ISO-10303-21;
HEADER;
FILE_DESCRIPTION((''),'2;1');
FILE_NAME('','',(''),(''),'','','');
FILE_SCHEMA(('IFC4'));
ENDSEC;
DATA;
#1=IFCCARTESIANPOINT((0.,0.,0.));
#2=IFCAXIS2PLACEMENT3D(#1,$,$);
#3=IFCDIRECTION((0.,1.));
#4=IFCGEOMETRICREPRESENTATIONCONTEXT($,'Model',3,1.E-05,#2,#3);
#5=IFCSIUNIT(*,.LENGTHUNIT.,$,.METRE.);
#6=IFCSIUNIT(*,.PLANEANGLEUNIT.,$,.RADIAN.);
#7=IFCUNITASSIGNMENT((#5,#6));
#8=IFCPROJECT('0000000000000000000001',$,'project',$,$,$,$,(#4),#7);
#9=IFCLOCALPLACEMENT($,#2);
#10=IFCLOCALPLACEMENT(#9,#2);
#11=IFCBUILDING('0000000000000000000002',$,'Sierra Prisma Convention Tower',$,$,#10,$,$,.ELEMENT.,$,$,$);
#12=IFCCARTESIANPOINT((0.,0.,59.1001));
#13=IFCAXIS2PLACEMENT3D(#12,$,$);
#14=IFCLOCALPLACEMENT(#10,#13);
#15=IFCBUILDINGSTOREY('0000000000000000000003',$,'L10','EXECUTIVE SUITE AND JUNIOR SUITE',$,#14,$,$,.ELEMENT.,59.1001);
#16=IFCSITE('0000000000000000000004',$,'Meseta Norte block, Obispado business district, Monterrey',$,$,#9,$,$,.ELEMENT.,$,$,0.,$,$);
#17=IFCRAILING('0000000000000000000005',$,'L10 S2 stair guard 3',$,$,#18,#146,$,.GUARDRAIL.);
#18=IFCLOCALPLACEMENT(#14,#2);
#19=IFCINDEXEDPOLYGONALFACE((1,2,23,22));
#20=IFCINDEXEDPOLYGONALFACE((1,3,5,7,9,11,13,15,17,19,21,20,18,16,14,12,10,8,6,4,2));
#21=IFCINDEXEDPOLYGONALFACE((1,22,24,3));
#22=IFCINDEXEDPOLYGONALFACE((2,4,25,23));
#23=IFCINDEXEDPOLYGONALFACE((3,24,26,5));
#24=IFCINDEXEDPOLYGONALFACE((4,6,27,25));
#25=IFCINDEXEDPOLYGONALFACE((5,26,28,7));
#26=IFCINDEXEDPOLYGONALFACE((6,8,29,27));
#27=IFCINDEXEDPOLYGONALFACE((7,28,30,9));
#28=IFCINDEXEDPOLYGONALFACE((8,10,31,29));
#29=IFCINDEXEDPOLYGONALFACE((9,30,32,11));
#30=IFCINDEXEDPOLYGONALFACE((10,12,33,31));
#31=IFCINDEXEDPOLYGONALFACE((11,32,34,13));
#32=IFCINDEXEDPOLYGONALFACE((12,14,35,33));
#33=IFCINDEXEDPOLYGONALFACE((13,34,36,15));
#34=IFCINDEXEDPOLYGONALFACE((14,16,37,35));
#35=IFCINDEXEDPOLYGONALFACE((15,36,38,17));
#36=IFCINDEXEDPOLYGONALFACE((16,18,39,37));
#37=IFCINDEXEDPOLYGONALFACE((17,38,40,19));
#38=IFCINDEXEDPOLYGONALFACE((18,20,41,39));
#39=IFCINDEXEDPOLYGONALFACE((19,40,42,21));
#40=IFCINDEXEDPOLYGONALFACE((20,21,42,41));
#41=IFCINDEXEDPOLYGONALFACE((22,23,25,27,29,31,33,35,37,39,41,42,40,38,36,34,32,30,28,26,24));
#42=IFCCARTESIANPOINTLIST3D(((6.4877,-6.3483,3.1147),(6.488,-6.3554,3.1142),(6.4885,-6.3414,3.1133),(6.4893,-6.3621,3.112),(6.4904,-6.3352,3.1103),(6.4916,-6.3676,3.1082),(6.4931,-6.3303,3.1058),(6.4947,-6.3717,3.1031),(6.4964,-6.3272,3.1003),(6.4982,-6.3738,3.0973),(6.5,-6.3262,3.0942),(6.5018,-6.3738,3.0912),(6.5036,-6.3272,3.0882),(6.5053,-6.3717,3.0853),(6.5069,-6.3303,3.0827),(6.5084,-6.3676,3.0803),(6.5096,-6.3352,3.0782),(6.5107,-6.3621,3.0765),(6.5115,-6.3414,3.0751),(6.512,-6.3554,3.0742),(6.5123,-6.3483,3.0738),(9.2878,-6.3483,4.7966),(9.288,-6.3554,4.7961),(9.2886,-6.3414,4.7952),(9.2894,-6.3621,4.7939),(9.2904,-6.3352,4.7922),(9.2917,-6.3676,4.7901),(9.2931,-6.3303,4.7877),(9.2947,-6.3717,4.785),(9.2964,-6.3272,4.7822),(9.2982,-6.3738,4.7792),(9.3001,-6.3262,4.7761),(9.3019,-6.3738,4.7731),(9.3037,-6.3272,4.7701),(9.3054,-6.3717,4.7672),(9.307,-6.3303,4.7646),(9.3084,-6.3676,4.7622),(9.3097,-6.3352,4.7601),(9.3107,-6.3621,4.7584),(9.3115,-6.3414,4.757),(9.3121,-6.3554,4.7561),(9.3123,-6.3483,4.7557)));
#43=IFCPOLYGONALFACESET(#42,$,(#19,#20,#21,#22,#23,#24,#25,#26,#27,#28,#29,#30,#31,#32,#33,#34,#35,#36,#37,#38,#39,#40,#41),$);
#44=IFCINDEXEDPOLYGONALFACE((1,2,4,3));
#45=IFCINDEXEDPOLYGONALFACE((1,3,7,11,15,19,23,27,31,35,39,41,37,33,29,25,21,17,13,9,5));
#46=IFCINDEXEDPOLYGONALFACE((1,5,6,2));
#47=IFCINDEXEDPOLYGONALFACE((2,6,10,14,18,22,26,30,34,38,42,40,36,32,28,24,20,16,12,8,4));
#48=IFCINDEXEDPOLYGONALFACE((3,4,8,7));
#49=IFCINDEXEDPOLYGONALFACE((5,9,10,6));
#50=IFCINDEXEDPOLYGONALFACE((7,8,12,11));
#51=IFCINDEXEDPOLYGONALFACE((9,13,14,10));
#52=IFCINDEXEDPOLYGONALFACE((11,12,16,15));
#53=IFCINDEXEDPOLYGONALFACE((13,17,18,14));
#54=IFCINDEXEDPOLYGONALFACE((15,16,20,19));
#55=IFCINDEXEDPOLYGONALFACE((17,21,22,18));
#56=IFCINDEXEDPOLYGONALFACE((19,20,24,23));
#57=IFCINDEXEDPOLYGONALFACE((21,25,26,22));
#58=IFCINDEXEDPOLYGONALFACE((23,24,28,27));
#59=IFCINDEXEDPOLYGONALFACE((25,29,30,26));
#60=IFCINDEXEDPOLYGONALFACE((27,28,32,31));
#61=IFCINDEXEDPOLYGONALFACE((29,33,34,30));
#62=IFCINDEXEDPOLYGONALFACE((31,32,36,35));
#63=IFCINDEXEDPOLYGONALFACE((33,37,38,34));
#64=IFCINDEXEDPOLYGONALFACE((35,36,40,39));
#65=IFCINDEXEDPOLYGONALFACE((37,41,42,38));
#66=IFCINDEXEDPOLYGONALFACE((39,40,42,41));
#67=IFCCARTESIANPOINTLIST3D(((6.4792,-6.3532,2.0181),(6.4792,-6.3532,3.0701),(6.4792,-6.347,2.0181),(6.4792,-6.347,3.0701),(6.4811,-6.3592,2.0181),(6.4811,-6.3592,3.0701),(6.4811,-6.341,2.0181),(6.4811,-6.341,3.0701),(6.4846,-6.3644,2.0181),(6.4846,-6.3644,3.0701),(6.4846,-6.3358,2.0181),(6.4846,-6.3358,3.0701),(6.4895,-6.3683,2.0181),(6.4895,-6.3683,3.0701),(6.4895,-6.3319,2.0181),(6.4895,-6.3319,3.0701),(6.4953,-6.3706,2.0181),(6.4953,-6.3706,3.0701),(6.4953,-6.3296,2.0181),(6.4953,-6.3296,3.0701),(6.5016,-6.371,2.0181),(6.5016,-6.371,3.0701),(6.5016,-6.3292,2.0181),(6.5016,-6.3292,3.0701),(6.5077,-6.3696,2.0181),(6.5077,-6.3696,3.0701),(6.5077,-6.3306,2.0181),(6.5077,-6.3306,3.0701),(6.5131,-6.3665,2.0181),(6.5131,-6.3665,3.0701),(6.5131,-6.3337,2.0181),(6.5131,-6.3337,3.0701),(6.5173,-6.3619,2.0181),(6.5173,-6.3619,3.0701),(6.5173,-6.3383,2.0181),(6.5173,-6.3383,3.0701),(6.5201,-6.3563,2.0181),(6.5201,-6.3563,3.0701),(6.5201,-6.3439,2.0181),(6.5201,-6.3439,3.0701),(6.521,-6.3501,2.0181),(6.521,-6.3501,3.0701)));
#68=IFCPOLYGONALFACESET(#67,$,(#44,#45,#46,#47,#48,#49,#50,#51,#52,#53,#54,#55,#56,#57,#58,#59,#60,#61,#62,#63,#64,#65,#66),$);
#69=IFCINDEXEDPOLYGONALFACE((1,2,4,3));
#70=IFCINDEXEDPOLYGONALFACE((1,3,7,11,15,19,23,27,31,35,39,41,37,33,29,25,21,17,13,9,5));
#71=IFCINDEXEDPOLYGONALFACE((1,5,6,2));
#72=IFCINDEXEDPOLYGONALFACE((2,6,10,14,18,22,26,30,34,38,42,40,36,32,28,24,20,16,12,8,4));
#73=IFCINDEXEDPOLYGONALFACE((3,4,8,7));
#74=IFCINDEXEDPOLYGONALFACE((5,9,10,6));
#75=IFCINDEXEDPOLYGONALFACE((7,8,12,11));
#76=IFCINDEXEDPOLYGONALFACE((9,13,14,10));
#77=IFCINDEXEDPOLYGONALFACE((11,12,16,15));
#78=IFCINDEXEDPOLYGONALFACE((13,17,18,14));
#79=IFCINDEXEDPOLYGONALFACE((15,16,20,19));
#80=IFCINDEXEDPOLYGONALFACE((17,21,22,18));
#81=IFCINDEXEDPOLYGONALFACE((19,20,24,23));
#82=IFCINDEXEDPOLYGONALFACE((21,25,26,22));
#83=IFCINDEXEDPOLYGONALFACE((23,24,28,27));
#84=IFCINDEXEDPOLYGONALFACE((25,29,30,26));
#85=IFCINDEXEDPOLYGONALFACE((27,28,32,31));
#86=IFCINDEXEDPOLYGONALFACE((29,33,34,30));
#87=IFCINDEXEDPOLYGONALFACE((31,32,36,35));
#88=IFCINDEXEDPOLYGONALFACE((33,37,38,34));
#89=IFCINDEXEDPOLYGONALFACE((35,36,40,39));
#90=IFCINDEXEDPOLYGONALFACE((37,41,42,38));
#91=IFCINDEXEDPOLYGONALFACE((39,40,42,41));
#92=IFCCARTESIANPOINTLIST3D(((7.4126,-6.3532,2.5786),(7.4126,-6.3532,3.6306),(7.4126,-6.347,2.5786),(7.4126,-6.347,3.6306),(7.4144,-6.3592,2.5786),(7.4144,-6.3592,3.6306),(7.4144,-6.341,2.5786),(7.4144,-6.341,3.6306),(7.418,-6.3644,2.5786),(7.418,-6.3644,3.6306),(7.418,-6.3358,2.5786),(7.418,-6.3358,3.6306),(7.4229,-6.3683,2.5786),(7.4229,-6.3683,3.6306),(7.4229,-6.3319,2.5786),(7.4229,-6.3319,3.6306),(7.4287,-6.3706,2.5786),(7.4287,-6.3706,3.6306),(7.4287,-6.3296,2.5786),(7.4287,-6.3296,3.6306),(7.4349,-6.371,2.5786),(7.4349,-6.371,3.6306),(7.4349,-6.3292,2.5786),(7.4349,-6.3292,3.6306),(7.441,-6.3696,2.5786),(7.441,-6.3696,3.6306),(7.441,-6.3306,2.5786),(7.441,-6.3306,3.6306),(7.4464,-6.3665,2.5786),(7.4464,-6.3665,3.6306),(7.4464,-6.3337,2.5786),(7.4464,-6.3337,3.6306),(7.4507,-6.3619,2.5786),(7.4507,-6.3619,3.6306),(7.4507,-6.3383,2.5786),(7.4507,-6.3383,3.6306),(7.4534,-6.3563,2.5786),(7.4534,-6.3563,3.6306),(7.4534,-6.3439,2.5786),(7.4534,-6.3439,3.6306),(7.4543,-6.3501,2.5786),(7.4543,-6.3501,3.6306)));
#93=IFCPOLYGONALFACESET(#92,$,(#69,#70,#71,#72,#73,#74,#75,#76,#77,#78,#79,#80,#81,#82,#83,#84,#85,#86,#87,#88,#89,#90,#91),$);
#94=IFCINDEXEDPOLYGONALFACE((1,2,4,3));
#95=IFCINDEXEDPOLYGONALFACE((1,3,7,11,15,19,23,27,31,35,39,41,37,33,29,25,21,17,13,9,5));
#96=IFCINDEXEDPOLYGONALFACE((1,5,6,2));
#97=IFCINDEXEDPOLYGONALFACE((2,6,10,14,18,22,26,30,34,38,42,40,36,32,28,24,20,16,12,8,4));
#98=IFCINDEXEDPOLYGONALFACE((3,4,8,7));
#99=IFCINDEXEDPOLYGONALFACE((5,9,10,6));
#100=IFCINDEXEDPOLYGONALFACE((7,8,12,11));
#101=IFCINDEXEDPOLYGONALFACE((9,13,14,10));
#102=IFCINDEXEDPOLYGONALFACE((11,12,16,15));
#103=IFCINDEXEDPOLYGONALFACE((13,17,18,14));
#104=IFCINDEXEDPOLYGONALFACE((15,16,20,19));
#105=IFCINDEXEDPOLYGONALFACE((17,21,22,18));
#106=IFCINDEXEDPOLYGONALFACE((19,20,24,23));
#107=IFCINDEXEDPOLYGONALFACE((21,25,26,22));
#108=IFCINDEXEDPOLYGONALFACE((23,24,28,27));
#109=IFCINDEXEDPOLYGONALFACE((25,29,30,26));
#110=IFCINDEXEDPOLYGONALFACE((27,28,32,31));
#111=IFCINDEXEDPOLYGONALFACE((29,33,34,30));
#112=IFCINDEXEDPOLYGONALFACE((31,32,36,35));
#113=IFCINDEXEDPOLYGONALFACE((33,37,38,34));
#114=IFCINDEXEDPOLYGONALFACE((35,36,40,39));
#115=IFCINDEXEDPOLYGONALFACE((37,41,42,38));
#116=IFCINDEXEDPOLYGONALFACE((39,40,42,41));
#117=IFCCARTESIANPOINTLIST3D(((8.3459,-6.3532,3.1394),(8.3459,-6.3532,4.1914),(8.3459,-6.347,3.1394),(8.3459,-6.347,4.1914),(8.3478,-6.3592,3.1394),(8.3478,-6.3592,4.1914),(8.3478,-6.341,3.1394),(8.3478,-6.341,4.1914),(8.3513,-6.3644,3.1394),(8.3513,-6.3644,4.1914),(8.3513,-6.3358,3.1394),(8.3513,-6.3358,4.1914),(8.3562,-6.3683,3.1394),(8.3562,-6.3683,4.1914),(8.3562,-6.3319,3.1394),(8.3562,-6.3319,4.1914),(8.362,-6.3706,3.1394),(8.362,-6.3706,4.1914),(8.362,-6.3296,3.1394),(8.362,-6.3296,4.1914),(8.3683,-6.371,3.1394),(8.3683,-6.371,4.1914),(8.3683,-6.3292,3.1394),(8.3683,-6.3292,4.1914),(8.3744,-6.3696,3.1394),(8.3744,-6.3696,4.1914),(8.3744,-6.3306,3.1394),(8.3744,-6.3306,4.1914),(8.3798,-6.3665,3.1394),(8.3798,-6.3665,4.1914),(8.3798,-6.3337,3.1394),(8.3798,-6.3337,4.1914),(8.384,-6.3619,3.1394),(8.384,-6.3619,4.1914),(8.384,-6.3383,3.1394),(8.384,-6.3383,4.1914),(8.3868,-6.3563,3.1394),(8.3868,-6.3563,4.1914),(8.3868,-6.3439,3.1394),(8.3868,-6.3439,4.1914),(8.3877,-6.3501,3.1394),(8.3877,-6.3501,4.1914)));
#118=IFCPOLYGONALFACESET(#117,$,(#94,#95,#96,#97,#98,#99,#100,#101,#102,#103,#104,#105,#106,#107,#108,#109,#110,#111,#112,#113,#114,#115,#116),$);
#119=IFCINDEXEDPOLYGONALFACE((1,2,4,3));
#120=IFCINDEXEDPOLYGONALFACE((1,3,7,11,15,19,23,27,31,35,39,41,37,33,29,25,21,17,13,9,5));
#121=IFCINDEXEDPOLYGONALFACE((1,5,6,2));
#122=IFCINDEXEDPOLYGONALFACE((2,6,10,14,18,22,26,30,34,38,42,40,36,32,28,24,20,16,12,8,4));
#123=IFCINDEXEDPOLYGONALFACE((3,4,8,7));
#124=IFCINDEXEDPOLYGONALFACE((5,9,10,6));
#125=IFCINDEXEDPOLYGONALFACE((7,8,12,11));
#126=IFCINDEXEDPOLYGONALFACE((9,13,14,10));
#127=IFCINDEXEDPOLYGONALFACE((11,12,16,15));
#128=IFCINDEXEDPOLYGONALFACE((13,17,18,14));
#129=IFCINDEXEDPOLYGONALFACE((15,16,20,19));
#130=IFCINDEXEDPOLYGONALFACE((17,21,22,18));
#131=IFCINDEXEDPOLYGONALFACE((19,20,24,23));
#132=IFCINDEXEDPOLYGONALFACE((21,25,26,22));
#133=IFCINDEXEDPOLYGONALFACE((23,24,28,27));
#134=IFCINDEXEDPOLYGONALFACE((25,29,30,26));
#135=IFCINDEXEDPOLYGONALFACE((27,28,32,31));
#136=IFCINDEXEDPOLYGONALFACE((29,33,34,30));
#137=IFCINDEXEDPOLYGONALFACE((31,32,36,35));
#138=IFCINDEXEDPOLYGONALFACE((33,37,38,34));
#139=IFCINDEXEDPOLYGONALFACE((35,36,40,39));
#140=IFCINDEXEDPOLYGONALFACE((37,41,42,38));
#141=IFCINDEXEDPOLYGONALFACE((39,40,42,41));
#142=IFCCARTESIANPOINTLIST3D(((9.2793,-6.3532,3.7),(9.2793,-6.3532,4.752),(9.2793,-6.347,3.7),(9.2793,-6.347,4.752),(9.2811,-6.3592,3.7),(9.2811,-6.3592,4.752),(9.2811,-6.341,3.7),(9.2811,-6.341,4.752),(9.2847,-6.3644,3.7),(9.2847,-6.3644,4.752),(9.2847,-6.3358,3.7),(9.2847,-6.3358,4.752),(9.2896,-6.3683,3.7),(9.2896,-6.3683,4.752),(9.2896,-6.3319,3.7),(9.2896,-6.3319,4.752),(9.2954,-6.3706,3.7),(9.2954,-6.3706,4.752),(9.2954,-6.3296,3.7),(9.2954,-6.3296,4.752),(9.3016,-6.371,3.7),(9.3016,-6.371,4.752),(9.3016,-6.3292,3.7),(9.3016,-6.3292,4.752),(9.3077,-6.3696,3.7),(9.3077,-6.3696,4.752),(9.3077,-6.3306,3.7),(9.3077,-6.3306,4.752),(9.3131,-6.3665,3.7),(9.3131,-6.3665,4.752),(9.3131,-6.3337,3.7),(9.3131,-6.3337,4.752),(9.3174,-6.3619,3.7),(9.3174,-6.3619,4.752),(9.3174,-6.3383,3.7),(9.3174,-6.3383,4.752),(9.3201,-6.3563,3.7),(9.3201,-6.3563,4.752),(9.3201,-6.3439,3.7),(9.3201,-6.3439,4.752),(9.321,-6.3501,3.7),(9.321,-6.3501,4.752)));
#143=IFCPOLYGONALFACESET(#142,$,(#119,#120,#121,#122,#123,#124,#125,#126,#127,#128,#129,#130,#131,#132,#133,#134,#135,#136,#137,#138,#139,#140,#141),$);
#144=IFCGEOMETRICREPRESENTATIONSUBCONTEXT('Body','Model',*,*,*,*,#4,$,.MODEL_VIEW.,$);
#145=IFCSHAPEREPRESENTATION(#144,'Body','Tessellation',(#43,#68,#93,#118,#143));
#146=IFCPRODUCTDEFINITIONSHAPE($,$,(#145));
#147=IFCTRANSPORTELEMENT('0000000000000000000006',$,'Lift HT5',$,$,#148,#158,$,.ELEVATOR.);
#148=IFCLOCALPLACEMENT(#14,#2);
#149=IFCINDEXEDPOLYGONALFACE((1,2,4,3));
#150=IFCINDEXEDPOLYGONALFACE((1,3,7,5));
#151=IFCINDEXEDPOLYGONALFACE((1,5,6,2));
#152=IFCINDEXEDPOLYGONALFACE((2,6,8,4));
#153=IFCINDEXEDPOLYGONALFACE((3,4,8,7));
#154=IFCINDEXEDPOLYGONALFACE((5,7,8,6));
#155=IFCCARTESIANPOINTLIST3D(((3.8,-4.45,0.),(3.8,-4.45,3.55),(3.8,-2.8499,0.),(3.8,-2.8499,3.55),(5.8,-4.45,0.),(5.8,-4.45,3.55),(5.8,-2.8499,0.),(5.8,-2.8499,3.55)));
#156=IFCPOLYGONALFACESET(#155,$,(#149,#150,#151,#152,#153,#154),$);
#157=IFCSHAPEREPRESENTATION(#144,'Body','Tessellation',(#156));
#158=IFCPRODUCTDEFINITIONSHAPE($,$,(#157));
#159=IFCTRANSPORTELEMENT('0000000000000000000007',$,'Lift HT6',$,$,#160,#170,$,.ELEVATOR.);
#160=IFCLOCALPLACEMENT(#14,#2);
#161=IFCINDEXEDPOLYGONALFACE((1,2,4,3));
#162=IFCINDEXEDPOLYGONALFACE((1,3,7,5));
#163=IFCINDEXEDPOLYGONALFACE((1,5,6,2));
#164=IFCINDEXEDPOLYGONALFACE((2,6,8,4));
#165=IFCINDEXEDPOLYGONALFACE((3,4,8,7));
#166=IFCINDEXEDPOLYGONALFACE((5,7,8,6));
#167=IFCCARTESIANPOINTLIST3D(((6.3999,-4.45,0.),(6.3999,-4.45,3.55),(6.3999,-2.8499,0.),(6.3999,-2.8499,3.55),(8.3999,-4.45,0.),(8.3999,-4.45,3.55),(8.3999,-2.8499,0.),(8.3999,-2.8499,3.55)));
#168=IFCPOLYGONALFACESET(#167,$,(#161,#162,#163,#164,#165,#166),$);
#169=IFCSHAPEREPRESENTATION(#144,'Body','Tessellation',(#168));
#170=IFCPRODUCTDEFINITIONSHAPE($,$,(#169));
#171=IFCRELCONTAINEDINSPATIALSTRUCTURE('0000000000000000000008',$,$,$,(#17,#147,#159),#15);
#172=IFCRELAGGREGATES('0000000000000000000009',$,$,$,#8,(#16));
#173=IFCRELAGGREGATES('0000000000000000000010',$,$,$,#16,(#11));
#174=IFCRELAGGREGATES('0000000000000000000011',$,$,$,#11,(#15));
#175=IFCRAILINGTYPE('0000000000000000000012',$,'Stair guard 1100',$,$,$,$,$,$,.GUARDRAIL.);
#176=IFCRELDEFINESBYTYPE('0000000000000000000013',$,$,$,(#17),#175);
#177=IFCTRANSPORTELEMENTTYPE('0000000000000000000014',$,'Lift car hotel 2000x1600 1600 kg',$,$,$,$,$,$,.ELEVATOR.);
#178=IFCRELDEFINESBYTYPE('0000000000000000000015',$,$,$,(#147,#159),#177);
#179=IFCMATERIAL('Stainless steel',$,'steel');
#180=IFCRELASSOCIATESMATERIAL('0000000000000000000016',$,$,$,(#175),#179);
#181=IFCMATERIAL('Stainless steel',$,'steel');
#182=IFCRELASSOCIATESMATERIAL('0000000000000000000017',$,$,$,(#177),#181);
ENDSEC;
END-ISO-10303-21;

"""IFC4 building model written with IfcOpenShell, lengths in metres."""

from ifc_helpers import new_model, si_unit, direction, frame, origin, origin_2d, place, context, subcontext, project, spatial, rectangle, circle, extrude, material, type_object, element, save


model = new_model("IFC4")

# Units and contexts
model_context = context("Model", 3, precision=1e-05, world=origin(), true_north=direction((0.0, 1.0)))
body_context = subcontext(model_context, "Body", "Model", "MODEL_VIEW")
ifc_project = project(units=[si_unit("LENGTHUNIT", "METRE"), si_unit("PLANEANGLEUNIT", "RADIAN")], contexts=[model_context])

# Site, building, storey
site_placement = place(None, origin())
site = spatial("IfcSite", under=ifc_project, at=site_placement, Name="Meseta Norte block, Obispado business district, Monterrey", CompositionType="ELEMENT", RefElevation=0.0)
building_placement = place(site_placement, origin())
building = spatial("IfcBuilding", under=site, at=building_placement, Name="Sierra Prisma Convention Tower", CompositionType="ELEMENT")
storey_placement = place(building_placement, frame((0.0, 0.0, 59.1001)))
storey = spatial("IfcBuildingStorey", under=building, at=storey_placement, Name="L10", Description="EXECUTIVE SUITE AND JUNIOR SUITE", CompositionType="ELEMENT", Elevation=59.1001)

# Railing
ifc_material_1 = material(Name="Stainless steel", Category="steel")
railing_type_1 = type_object("IfcRailingType", Name="Stair guard 1100", PredefinedType="GUARDRAIL", material=ifc_material_1)
railing_1_placement = place(storey_placement, frame((6.5, -6.3501, 2.0181)))
element("IfcRailing", 1, at=railing_1_placement, inside=storey, type_object=railing_type_1, Name="L10 S2 stair guard 3", PredefinedType="GUARDRAIL", context=body_context, shape_type="SweptSolid", body=[
    extrude(circle(Radius=0.0239, at=origin_2d()), frame((0.0, 0.0, 1.0762), z_axis=(0.857242, 0.0, 0.514913), x_axis=(0.0, 1.0, 0.0)), (0.0, 0.0, 1.0), 3.2664),
    extrude(circle(Radius=0.021, at=origin_2d()), origin(), (0.0, 0.0, 1.0), 1.052),
    extrude(circle(Radius=0.021, at=origin_2d()), frame((0.9333, 0.0, 0.5605)), (0.0, 0.0, 1.0), 1.052),
    extrude(circle(Radius=0.021, at=origin_2d()), frame((1.8667, 0.0, 1.1213)), (0.0, 0.0, 1.0), 1.052),
    extrude(circle(Radius=0.021, at=origin_2d()), frame((2.8, 0.0, 1.6819)), (0.0, 0.0, 1.0), 1.052),
])

# Transport elements
ifc_material_2 = material(Name="Stainless steel", Category="steel")
transport_element_type = type_object("IfcTransportElementType", Name="Lift car hotel 2000x1600 1600 kg", PredefinedType="ELEVATOR", material=ifc_material_2)
for number, where, z_axis, x_axis, name in (
    (2, (4.8, -3.6499, 0.0), (0.0, 0.0, 1.0), (1.0, 0.0, 0.0), "Lift HT5"),
    (3, (7.3999, -3.6499, 0.0), (0.0, 0.0, 1.0), (1.0, 0.0, 0.0), "Lift HT6"),
):
    element("IfcTransportElement", number, at=place(storey_placement, frame(where, z_axis=z_axis, x_axis=x_axis)), inside=storey, type_object=transport_element_type, Name=name, PredefinedType="ELEVATOR", context=body_context, shape_type="SweptSolid", body=[
        extrude(rectangle(XDim=2.0, YDim=1.6001, at=origin_2d()), origin(), (0.0, 0.0, 1.0), 3.55),
    ])

save(model, "model.ifc")
